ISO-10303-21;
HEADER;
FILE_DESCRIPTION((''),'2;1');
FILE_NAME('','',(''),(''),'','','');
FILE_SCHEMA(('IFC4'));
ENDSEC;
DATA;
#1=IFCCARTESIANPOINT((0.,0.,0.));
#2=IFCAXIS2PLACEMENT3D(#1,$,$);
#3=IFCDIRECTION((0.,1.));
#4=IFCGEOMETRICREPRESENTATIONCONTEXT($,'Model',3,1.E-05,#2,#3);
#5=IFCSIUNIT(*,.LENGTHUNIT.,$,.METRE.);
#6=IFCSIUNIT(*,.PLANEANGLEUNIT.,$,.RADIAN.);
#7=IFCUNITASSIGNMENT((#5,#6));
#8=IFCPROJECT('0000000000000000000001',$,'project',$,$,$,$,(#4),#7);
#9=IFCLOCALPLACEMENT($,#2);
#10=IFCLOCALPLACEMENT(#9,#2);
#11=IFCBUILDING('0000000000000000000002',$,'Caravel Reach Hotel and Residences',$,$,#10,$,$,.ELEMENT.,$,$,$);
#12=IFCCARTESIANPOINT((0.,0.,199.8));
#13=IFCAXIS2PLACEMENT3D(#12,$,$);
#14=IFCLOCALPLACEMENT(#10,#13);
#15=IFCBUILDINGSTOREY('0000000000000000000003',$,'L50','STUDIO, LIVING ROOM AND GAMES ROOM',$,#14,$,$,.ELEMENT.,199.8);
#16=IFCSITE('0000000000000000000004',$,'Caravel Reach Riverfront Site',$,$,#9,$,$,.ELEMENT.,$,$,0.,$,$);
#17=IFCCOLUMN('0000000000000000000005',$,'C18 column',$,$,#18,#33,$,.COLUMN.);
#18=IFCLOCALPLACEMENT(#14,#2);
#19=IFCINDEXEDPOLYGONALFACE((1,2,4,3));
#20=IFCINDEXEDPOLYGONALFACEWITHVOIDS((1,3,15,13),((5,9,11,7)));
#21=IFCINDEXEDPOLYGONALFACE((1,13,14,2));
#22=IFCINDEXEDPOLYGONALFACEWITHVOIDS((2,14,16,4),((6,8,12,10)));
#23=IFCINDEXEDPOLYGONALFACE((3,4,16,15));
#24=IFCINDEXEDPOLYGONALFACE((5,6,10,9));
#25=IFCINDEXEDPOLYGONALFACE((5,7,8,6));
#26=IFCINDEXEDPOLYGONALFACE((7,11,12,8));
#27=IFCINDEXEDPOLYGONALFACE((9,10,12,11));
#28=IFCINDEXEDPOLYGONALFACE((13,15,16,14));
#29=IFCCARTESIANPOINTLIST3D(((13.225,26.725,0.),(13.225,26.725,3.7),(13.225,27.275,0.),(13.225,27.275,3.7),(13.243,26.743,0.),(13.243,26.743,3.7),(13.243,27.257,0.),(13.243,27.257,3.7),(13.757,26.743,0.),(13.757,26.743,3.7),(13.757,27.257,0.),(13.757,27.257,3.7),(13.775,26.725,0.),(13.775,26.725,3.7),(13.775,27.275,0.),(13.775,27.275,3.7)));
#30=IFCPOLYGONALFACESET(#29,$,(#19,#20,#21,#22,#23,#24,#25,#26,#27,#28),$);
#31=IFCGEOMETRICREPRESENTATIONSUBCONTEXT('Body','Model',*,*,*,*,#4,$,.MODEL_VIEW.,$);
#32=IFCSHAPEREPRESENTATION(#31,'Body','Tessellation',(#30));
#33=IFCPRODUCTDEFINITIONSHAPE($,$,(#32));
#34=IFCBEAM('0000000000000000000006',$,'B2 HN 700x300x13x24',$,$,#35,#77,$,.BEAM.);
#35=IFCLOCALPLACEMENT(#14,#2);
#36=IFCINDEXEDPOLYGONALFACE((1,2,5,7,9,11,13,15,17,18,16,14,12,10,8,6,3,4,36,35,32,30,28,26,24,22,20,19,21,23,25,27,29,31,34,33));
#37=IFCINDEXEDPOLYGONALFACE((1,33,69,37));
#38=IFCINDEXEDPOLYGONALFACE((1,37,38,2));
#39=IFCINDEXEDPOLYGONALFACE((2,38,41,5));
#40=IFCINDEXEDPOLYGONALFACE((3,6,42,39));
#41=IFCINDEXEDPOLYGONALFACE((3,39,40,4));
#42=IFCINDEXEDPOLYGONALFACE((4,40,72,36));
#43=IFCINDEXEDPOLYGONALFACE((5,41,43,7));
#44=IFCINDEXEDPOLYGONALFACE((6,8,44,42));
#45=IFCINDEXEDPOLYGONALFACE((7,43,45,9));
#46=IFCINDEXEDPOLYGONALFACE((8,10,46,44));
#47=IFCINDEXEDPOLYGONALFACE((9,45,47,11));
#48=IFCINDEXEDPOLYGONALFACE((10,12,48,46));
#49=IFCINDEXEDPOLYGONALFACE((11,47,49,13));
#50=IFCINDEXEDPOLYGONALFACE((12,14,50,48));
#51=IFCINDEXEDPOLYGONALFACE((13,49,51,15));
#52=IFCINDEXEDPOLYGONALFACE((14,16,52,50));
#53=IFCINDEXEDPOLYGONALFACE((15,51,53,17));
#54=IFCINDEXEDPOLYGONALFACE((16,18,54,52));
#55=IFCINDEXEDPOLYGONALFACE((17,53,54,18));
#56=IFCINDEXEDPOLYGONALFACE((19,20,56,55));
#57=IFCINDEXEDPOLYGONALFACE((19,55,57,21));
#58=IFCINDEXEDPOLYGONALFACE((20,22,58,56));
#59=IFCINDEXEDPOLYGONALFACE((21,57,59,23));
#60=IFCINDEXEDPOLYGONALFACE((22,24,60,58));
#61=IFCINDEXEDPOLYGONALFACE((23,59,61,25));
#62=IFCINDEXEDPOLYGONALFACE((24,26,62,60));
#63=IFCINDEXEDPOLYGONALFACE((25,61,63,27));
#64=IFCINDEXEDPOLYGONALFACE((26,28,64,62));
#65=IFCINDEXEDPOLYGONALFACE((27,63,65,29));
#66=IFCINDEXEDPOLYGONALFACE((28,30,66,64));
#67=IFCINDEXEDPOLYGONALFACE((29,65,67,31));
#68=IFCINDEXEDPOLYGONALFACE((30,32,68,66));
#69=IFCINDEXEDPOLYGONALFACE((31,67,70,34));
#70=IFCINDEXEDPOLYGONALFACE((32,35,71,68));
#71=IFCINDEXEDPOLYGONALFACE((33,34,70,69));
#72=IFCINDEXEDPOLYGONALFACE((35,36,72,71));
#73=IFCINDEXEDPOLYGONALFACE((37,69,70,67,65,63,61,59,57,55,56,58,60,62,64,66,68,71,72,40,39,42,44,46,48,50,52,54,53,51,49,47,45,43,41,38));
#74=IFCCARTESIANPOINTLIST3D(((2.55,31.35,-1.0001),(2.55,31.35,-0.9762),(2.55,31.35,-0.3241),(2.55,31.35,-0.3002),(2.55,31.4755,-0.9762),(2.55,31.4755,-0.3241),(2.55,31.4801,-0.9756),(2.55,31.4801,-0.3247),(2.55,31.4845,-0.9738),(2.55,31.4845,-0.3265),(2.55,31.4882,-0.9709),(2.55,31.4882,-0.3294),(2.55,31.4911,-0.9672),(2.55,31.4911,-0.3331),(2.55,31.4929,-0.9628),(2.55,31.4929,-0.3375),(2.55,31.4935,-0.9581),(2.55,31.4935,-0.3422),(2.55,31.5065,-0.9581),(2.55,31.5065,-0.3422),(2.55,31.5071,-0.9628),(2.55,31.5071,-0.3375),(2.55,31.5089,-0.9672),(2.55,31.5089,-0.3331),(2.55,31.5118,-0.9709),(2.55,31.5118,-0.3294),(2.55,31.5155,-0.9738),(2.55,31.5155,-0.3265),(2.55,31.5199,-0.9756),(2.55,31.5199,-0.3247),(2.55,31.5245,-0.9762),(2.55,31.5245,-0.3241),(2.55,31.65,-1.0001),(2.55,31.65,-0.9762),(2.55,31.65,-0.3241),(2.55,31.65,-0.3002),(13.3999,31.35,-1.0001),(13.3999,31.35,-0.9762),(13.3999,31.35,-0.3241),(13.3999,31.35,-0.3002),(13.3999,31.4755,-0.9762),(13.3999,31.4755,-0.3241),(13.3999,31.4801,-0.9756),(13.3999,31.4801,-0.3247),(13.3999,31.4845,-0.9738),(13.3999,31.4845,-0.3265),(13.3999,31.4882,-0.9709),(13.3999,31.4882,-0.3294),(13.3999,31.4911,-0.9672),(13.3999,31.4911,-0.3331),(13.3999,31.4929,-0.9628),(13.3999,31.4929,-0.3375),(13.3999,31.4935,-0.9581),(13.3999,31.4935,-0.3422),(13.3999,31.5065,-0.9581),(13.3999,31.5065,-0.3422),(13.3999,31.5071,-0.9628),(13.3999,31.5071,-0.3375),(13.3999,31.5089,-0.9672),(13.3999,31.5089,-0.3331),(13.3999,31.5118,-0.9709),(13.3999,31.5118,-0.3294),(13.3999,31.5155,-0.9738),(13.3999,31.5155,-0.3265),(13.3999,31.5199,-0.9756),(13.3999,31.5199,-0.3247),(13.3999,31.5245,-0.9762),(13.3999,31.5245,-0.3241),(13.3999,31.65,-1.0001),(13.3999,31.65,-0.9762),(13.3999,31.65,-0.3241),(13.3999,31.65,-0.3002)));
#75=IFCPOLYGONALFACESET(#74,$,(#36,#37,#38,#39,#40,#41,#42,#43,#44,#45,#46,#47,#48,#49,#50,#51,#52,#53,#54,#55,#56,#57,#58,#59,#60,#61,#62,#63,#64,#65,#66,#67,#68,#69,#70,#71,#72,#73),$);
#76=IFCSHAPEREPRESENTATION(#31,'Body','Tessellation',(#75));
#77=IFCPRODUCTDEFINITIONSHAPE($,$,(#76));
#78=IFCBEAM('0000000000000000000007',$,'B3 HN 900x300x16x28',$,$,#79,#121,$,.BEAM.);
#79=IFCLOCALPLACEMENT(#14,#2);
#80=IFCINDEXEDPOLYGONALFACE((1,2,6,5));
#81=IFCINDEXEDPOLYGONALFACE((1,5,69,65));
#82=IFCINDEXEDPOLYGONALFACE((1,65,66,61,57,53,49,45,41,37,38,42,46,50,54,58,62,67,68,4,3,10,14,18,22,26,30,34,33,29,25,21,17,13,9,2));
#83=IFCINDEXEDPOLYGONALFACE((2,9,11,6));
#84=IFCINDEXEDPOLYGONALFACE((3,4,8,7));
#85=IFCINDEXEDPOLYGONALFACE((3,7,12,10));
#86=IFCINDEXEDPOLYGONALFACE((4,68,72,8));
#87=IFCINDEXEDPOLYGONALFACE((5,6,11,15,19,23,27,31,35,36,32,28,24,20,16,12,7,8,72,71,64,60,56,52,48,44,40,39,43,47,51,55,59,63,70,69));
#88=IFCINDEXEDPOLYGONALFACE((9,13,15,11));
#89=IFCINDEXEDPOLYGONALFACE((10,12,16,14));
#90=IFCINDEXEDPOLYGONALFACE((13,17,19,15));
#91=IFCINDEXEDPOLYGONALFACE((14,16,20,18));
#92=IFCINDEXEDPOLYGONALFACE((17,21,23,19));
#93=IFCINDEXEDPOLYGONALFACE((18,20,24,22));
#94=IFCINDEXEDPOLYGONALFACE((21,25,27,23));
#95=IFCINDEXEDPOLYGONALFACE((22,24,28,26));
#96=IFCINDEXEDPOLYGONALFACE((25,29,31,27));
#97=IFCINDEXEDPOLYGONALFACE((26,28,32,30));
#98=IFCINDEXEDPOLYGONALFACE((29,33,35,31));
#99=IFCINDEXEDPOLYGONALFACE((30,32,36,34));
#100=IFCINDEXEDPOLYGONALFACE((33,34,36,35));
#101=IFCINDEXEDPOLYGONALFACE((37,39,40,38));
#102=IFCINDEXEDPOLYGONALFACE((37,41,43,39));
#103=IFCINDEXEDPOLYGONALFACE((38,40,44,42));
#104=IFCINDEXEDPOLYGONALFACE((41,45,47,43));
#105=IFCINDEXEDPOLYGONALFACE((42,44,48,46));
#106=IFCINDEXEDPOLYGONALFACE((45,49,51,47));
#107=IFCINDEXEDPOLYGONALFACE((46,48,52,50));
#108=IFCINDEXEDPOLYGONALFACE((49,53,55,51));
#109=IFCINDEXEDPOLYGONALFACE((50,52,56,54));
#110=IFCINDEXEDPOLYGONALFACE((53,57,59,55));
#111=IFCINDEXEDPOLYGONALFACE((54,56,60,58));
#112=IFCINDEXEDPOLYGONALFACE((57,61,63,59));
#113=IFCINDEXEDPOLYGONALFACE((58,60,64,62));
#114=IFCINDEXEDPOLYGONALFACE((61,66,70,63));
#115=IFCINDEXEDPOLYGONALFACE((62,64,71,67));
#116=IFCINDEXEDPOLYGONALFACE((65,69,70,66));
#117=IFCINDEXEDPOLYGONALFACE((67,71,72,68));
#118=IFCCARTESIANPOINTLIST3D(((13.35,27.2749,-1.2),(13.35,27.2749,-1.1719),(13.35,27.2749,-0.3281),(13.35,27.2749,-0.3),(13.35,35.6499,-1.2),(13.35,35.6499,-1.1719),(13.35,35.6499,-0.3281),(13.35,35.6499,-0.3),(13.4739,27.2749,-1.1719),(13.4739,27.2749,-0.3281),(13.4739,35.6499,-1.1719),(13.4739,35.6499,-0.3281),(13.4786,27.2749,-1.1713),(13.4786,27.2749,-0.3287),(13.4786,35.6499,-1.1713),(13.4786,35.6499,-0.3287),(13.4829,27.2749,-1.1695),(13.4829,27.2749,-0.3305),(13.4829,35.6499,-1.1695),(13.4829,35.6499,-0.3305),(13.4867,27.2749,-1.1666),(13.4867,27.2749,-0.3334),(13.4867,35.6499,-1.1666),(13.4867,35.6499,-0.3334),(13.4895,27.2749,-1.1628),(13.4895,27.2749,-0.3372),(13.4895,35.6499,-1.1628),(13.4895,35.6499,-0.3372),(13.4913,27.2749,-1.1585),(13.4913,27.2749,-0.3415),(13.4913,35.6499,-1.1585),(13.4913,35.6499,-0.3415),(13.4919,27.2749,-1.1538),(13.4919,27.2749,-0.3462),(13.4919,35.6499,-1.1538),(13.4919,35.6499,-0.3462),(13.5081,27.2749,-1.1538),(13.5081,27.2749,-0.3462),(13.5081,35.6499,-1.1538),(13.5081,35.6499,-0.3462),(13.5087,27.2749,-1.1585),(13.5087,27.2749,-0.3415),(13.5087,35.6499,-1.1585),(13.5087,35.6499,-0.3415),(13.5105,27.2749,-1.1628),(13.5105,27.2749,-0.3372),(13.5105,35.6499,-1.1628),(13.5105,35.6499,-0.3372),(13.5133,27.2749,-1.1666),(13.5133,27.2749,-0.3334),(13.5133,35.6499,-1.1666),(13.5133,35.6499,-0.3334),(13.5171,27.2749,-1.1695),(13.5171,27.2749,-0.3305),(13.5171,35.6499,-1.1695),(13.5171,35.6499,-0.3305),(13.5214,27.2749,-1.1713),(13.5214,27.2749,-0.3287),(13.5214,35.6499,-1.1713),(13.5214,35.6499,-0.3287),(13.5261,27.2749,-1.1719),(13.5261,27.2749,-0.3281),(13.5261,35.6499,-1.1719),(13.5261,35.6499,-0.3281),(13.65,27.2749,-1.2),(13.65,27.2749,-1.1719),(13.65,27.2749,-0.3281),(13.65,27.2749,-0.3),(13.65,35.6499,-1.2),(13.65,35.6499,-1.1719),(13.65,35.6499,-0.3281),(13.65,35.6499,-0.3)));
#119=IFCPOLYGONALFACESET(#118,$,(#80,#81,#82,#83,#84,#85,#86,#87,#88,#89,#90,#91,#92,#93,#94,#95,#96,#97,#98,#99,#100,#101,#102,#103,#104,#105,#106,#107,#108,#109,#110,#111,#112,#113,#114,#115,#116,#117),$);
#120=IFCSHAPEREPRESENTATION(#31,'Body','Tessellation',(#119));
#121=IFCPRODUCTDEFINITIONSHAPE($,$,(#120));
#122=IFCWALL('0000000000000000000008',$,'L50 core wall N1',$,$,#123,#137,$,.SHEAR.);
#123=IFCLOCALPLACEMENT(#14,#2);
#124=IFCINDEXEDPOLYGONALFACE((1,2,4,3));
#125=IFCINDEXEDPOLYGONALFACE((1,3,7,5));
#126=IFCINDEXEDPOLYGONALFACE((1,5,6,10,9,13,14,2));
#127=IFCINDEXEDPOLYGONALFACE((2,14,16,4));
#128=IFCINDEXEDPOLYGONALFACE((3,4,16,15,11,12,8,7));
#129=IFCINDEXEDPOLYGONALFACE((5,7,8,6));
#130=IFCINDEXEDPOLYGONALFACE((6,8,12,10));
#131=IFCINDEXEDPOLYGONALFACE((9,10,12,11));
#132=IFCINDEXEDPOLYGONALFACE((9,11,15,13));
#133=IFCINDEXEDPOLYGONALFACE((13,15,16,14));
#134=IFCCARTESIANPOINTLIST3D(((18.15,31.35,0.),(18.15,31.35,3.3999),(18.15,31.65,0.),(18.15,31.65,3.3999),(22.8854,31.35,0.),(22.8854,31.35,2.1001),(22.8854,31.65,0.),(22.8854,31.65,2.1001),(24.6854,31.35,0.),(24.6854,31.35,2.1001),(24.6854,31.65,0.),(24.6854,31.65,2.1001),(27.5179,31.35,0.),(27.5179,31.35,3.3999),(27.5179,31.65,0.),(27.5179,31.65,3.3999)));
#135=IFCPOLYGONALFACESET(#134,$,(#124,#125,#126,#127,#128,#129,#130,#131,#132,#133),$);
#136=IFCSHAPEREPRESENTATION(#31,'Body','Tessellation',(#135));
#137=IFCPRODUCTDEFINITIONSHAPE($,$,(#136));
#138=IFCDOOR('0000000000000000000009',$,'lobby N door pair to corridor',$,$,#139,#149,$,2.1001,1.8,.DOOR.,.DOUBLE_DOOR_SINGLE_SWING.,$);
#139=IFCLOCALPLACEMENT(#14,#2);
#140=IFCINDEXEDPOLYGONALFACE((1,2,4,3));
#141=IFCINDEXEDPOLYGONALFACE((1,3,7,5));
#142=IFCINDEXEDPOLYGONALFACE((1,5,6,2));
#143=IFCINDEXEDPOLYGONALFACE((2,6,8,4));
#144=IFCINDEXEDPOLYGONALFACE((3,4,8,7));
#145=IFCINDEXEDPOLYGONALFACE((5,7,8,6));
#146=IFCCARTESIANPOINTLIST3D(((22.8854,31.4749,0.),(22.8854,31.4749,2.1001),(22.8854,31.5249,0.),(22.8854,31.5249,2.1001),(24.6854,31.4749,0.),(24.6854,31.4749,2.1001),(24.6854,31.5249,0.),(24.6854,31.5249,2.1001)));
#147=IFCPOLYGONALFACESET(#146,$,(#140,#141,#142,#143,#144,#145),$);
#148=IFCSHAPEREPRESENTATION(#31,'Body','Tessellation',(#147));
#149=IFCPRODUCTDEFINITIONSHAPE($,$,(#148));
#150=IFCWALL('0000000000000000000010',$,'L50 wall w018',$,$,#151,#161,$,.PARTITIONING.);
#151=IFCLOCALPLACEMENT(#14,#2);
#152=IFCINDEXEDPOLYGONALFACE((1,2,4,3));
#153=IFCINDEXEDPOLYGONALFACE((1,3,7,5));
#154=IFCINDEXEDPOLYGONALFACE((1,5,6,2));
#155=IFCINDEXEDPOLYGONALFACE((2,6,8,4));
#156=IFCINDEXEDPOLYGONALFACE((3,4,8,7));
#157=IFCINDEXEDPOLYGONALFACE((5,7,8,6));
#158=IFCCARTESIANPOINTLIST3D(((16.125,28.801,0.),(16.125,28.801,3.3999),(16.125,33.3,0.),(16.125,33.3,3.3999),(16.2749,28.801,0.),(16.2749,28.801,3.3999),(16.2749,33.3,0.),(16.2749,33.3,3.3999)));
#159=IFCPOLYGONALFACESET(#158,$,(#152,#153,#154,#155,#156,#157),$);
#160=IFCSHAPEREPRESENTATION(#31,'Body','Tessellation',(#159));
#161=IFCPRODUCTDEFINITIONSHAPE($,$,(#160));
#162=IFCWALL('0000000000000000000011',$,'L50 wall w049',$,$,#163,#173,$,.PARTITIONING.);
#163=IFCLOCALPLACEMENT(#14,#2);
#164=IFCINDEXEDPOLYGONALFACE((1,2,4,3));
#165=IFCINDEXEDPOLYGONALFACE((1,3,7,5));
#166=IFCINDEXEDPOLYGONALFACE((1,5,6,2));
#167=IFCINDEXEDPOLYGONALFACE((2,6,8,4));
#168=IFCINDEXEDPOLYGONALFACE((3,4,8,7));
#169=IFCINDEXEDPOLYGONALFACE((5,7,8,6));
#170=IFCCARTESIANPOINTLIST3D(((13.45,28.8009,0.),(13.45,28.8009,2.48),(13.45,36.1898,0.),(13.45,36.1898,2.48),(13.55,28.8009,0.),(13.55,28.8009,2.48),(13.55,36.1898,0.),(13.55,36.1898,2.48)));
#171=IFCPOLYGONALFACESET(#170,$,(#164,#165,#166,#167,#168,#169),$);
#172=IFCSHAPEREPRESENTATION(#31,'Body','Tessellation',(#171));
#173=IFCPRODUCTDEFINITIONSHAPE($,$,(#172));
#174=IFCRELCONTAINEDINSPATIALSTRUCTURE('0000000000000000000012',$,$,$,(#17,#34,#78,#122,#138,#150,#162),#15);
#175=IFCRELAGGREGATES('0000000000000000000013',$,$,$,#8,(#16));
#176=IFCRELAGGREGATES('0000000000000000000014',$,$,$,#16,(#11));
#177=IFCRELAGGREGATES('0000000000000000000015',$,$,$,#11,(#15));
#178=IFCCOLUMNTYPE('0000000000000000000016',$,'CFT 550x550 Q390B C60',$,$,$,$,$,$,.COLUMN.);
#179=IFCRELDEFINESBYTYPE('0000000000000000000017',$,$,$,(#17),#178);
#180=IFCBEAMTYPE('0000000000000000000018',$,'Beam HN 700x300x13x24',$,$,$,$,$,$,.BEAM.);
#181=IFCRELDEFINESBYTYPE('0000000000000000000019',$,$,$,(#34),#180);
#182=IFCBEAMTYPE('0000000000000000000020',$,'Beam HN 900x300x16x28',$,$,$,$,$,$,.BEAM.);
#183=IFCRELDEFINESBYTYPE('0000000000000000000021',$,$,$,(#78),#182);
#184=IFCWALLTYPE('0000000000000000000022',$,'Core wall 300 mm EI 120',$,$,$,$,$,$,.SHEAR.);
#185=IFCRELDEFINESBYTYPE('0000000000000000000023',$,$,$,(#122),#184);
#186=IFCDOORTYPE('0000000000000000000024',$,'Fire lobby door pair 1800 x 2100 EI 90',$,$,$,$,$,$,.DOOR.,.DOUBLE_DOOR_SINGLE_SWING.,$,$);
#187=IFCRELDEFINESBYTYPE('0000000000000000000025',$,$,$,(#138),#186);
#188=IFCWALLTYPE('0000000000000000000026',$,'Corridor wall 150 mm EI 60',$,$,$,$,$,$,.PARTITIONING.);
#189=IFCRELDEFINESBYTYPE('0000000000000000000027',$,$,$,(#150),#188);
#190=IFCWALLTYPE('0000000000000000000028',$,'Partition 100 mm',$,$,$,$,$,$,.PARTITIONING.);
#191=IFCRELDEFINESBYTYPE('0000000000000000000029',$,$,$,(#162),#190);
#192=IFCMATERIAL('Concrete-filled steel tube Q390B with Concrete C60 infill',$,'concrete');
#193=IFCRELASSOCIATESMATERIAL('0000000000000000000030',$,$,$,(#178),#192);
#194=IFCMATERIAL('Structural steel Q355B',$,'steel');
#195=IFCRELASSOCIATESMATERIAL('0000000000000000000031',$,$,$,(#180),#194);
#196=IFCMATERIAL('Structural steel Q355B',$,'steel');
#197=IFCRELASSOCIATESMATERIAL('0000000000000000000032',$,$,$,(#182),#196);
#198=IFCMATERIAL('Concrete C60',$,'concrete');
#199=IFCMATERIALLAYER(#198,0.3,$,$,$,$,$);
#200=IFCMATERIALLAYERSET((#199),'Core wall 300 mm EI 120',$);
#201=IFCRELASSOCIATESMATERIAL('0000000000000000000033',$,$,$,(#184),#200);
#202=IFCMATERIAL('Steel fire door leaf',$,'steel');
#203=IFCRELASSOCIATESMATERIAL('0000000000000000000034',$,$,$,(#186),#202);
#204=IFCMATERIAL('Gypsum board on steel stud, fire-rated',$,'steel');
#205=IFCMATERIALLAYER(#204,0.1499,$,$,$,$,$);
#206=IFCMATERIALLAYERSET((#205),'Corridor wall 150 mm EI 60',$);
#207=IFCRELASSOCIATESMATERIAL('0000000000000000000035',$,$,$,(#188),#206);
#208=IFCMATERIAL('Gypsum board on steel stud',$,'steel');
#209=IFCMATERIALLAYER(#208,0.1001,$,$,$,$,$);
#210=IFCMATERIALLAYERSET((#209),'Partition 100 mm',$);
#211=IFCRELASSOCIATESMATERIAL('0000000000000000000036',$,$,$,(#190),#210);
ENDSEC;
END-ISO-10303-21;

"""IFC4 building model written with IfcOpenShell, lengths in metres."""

from ifc_helpers import new_model, si_unit, direction, frame, frame_2d, origin, origin_2d, place, context, subcontext, project, spatial, rectangle, hollow_rectangle, i_section, extrude, material, layer, layer_set, material_profile, profile_set, type_object, element, fill, save


model = new_model("IFC4")

# Units and contexts
model_context = context("Model", 3, precision=1e-05, world=origin(), true_north=direction((0.0, 1.0)))
body_context = subcontext(model_context, "Body", "Model", "MODEL_VIEW")
ifc_project = project(units=[si_unit("LENGTHUNIT", "METRE"), si_unit("PLANEANGLEUNIT", "RADIAN")], contexts=[model_context])

# Site, building, storey
site_placement = place(None, origin())
site = spatial("IfcSite", under=ifc_project, at=site_placement, Name="Caravel Reach Riverfront Site", CompositionType="ELEMENT", RefElevation=0.0)
building_placement = place(site_placement, origin())
building = spatial("IfcBuilding", under=site, at=building_placement, Name="Caravel Reach Hotel and Residences", CompositionType="ELEMENT")
storey_placement = place(building_placement, frame((0.0, 0.0, 199.8)))
storey = spatial("IfcBuildingStorey", under=building, at=storey_placement, Name="L50", Description="STUDIO, LIVING ROOM AND GAMES ROOM", CompositionType="ELEMENT", Elevation=199.8)

# Column
ifc_material_1 = material(Name="Concrete-filled steel tube Q390B with Concrete C60 infill", Category="concrete")
ifc_material_profile_1 = material_profile(ifc_material_1, hollow_rectangle(XDim=0.55, YDim=0.55, WallThickness=0.0181, at=origin_2d()), Name="RHS 550x550x18")
ifc_profile_set_1 = profile_set([ifc_material_profile_1], Name="Concrete-filled steel tube Q390B with Concrete C60 infill")
column_type = type_object("IfcColumnType", Name="CFT 550x550 Q390B C60", PredefinedType="COLUMN", material=ifc_profile_set_1)
column_placement = place(storey_placement, frame((13.5, 27.0, 0.0), z_axis=(0.0, 0.0, 1.0), x_axis=(1.0, 0.0, 0.0)))
element("IfcColumn", 1, at=column_placement, inside=storey, type_object=column_type, Name="C18 column", PredefinedType="COLUMN", context=body_context, shape_type="SweptSolid", body=[
    extrude(hollow_rectangle(XDim=0.55, YDim=0.55, WallThickness=0.0181, at=origin_2d()), origin(), (0.0, 0.0, 1.0), 3.7),
])

# Beams
ifc_material_2 = material(Name="Structural steel Q355B", Category="steel")
ifc_material_profile_2 = material_profile(ifc_material_2, i_section(OverallWidth=0.3, OverallDepth=0.7, WebThickness=0.0129, FlangeThickness=0.0239, FilletRadius=0.0181, at=origin_2d()), Name="HN 700x300x13x24")
ifc_profile_set_2 = profile_set([ifc_material_profile_2], Name="Structural steel Q355B")
beam_type_1 = type_object("IfcBeamType", Name="Beam HN 700x300x13x24", PredefinedType="BEAM", material=ifc_profile_set_2)
beam_1_placement = place(storey_placement, frame((13.3999, 31.5, -0.6501), z_axis=(-1.0, 0.0, 0.0), x_axis=(0.0, -1.0, 0.0)))
element("IfcBeam", 2, at=beam_1_placement, inside=storey, type_object=beam_type_1, Name="B2 HN 700x300x13x24", PredefinedType="BEAM", context=body_context, shape_type="SweptSolid", body=[
    extrude(i_section(OverallWidth=0.3, OverallDepth=0.7, WebThickness=0.0129, FlangeThickness=0.0239, FilletRadius=0.0181, at=origin_2d()), origin(), (0.0, 0.0, 1.0), 10.8499),
])
ifc_material_3 = material(Name="Structural steel Q355B", Category="steel")
ifc_material_profile_3 = material_profile(ifc_material_3, i_section(OverallWidth=0.3, OverallDepth=0.8999, WebThickness=0.0161, FlangeThickness=0.0281, FilletRadius=0.0181, at=origin_2d()), Name="HN 900x300x16x28")
ifc_profile_set_3 = profile_set([ifc_material_profile_3], Name="Structural steel Q355B")
beam_type_2 = type_object("IfcBeamType", Name="Beam HN 900x300x16x28", PredefinedType="BEAM", material=ifc_profile_set_3)
beam_2_placement = place(storey_placement, frame((13.5, 27.2749, -0.75), z_axis=(0.0, 1.0, 0.0), x_axis=(-1.0, 0.0, 0.0)))
element("IfcBeam", 3, at=beam_2_placement, inside=storey, type_object=beam_type_2, Name="B3 HN 900x300x16x28", PredefinedType="BEAM", context=body_context, shape_type="SweptSolid", body=[
    extrude(i_section(OverallWidth=0.3, OverallDepth=0.8999, WebThickness=0.0161, FlangeThickness=0.0281, FilletRadius=0.0181, at=origin_2d()), origin(), (0.0, 0.0, 1.0), 8.375),
])

# Wall, opening, door
ifc_material_4 = material(Name="Concrete C60", Category="concrete")
ifc_layer_1 = layer(ifc_material_4, 0.3)
ifc_layer_set_1 = layer_set([ifc_layer_1], Name="Core wall 300 mm EI 120")
wall_type_1 = type_object("IfcWallType", Name="Core wall 300 mm EI 120", PredefinedType="SHEAR", material=ifc_layer_set_1)
wall_1_placement = place(storey_placement, frame((18.1499, 31.5, 0.0), z_axis=(0.0, 0.0, 1.0), x_axis=(1.0, 0.0, 0.0)))
wall_1 = element("IfcWall", 4, at=wall_1_placement, inside=storey, type_object=wall_type_1, Name="L50 core wall N1", PredefinedType="SHEAR", context=body_context, shape_type="SweptSolid", body=[
    extrude(rectangle(XDim=9.3679, YDim=0.3, at=frame_2d((4.6841, 0.0))), origin(), (0.0, 0.0, 1.0), 3.3999),
])
opening_placement = place(wall_1_placement, frame((4.7356, 0.0, 0.0)))
opening = element("IfcOpeningElement", 5, at=opening_placement, cuts=wall_1, PredefinedType="OPENING", context=body_context, shape_type="SweptSolid", body=[
    extrude(rectangle(XDim=1.8, YDim=2.1001, at=frame_2d((0.8999, 1.05))), frame((0.0, 0.1599, 0.0), z_axis=(0.0, -1.0, 0.0), x_axis=(1.0, 0.0, 0.0)), (0.0, 0.0, 1.0), 0.3201),
])
ifc_material_5 = material(Name="Steel fire door leaf", Category="steel")
door_type = type_object("IfcDoorType", Name="Fire lobby door pair 1800 x 2100 EI 90", OperationType="DOUBLE_DOOR_SINGLE_SWING", PredefinedType="DOOR", material=ifc_material_5)
door_placement = place(opening_placement, origin())
door = element("IfcDoor", 6, at=door_placement, inside=storey, type_object=door_type, Name="lobby N door pair to corridor", OperationType="DOUBLE_DOOR_SINGLE_SWING", OverallHeight=2.1001, OverallWidth=1.8, PredefinedType="DOOR", context=body_context, shape_type="SweptSolid", body=[
    extrude(rectangle(XDim=1.8, YDim=2.1001, at=frame_2d((0.8999, 1.05))), frame((0.0, 0.0249, 0.0), z_axis=(0.0, -1.0, 0.0), x_axis=(1.0, 0.0, 0.0)), (0.0, 0.0, 1.0), 0.05),
])
fill(opening, door)

# Walls
ifc_material_6 = material(Name="Gypsum board on steel stud, fire-rated", Category="steel")
ifc_layer_2 = layer(ifc_material_6, 0.1499)
ifc_layer_set_2 = layer_set([ifc_layer_2], Name="Corridor wall 150 mm EI 60")
wall_type_2 = type_object("IfcWallType", Name="Corridor wall 150 mm EI 60", PredefinedType="PARTITIONING", material=ifc_layer_set_2)
wall_2_placement = place(storey_placement, frame((16.2, 28.801, 0.0), z_axis=(0.0, 0.0, 1.0), x_axis=(0.0, 1.0, 0.0)))
element("IfcWall", 7, at=wall_2_placement, inside=storey, type_object=wall_type_2, Name="L50 wall w018", PredefinedType="PARTITIONING", context=body_context, shape_type="SweptSolid", body=[
    extrude(rectangle(XDim=4.499, YDim=0.1499, at=frame_2d((2.2495, 0.0))), origin(), (0.0, 0.0, 1.0), 3.3999),
])
ifc_material_7 = material(Name="Gypsum board on steel stud", Category="steel")
ifc_layer_3 = layer(ifc_material_7, 0.1001)
ifc_layer_set_3 = layer_set([ifc_layer_3], Name="Partition 100 mm")
wall_type_3 = type_object("IfcWallType", Name="Partition 100 mm", PredefinedType="PARTITIONING", material=ifc_layer_set_3)
wall_3_placement = place(storey_placement, frame((13.5, 28.801, 0.0), z_axis=(0.0, 0.0, 1.0), x_axis=(0.0, 1.0, 0.0)))
element("IfcWall", 8, at=wall_3_placement, inside=storey, type_object=wall_type_3, Name="L50 wall w049", PredefinedType="PARTITIONING", context=body_context, shape_type="SweptSolid", body=[
    extrude(rectangle(XDim=7.3889, YDim=0.1001, at=frame_2d((3.6943, 0.0))), origin(), (0.0, 0.0, 1.0), 2.48),
])

save(model, "model.ifc")
